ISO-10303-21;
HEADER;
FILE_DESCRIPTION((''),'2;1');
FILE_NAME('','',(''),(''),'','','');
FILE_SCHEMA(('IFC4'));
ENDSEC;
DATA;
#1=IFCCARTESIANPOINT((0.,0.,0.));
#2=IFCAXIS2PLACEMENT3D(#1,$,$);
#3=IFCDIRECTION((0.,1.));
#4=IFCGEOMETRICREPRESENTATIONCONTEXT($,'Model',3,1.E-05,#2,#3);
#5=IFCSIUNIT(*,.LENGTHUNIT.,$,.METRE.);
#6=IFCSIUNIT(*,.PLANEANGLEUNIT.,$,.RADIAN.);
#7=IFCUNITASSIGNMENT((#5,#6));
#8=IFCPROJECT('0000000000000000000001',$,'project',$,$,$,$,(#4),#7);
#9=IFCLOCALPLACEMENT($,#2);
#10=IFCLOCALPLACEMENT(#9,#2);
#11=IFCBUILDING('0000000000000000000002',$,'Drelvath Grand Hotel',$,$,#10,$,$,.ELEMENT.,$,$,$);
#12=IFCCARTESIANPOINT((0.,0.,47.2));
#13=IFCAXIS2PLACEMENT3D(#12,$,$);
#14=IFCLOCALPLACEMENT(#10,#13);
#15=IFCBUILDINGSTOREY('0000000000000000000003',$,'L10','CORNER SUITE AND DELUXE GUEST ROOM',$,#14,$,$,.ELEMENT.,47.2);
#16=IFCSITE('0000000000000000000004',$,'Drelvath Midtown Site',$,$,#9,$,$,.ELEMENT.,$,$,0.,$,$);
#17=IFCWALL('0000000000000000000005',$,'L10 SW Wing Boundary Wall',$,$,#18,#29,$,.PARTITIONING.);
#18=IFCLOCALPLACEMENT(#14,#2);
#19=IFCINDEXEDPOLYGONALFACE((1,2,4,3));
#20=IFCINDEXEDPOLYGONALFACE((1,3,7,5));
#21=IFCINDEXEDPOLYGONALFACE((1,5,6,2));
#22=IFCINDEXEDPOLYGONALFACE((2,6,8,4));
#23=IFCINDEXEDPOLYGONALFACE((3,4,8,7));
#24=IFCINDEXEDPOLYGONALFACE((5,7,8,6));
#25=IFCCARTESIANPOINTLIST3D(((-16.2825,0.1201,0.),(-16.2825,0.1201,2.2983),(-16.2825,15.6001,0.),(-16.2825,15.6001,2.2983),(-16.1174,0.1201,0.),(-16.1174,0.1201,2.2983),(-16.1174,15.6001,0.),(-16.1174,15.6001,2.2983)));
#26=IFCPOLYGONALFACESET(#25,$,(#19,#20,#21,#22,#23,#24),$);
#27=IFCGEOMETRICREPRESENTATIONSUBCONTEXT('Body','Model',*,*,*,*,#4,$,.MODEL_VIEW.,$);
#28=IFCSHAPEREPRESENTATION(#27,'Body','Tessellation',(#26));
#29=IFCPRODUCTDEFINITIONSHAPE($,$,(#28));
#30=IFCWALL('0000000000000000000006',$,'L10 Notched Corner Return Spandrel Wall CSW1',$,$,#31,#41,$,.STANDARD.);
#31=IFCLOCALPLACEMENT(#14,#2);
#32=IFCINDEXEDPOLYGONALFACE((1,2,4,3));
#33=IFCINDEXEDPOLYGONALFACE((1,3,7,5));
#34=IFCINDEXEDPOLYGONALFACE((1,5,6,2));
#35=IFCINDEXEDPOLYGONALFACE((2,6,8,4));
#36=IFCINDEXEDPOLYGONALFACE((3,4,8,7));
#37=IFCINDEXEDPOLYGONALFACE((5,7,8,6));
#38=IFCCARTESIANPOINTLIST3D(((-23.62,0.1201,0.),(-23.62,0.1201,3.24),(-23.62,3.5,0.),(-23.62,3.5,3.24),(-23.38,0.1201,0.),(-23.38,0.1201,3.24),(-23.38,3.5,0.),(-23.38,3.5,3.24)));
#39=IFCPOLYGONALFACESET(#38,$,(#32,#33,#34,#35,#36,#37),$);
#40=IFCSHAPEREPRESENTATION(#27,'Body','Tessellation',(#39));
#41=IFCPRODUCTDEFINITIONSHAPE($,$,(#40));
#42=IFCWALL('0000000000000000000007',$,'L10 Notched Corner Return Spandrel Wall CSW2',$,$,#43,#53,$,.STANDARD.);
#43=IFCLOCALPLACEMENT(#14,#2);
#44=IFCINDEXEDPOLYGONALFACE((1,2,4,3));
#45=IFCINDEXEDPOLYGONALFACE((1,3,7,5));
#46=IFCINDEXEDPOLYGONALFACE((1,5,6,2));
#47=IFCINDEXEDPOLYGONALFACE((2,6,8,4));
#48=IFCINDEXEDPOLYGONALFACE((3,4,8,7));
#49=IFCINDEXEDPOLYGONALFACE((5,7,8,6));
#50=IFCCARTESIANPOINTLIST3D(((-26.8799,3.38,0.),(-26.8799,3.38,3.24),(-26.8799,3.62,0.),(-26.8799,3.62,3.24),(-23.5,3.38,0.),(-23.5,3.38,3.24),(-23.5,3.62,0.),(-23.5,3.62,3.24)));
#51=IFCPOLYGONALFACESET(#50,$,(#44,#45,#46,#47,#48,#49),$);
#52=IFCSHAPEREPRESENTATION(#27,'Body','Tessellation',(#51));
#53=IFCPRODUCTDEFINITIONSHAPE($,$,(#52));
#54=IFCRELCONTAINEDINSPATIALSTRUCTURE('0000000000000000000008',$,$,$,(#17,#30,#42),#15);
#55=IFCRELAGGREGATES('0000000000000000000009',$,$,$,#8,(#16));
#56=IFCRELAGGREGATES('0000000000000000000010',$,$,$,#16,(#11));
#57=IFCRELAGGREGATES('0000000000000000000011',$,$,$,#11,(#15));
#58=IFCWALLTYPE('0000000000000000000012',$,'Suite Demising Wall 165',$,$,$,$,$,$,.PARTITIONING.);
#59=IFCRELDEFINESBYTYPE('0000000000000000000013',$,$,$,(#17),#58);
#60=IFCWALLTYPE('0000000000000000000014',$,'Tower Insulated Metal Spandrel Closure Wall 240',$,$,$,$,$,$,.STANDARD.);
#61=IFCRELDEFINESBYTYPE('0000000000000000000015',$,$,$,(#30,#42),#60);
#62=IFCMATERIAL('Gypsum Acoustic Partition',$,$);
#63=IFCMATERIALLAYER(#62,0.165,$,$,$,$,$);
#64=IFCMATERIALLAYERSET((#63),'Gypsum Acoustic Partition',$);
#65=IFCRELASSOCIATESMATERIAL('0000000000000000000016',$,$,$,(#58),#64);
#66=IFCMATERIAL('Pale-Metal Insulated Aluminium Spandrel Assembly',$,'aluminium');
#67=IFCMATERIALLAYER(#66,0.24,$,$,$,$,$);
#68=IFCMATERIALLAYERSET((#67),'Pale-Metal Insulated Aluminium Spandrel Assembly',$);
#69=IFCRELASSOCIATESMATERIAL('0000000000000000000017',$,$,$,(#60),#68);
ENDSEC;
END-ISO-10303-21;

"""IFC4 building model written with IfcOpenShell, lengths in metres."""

from ifc_helpers import new_model, si_unit, direction, frame, frame_2d, origin, place, context, subcontext, project, spatial, rectangle, extrude, material, layer, layer_set, type_object, element, save


model = new_model("IFC4")

# Units and contexts
model_context = context("Model", 3, precision=1e-05, world=origin(), true_north=direction((0.0, 1.0)))
body_context = subcontext(model_context, "Body", "Model", "MODEL_VIEW")
ifc_project = project(units=[si_unit("LENGTHUNIT", "METRE"), si_unit("PLANEANGLEUNIT", "RADIAN")], contexts=[model_context])

# Site, building, storey
site_placement = place(None, origin())
site = spatial("IfcSite", under=ifc_project, at=site_placement, Name="Drelvath Midtown Site", CompositionType="ELEMENT", RefElevation=0.0)
building_placement = place(site_placement, origin())
building = spatial("IfcBuilding", under=site, at=building_placement, Name="Drelvath Grand Hotel", CompositionType="ELEMENT")
storey_placement = place(building_placement, frame((0.0, 0.0, 47.2)))
storey = spatial("IfcBuildingStorey", under=building, at=storey_placement, Name="L10", Description="CORNER SUITE AND DELUXE GUEST ROOM", CompositionType="ELEMENT", Elevation=47.2)

# Walls
ifc_material_1 = material(Name="Gypsum Acoustic Partition")
ifc_layer_1 = layer(ifc_material_1, 0.165)
ifc_layer_set_1 = layer_set([ifc_layer_1], Name="Gypsum Acoustic Partition")
wall_type_1 = type_object("IfcWallType", Name="Suite Demising Wall 165", PredefinedType="PARTITIONING", material=ifc_layer_set_1)
wall_placement = place(storey_placement, frame((-16.2, 0.1201, 0.0), z_axis=(0.0, 0.0, 1.0), x_axis=(0.0, 1.0, 0.0)))
element("IfcWall", 1, at=wall_placement, inside=storey, type_object=wall_type_1, Name="L10 SW Wing Boundary Wall", PredefinedType="PARTITIONING", context=body_context, shape_type="SweptSolid", body=[
    extrude(rectangle(XDim=15.48, YDim=0.165, at=frame_2d((7.74, 0.0))), origin(), (0.0, 0.0, 1.0), 2.2983),
])
ifc_material_2 = material(Name="Pale-Metal Insulated Aluminium Spandrel Assembly", Category="aluminium")
ifc_layer_2 = layer(ifc_material_2, 0.24)
ifc_layer_set_2 = layer_set([ifc_layer_2], Name="Pale-Metal Insulated Aluminium Spandrel Assembly")
wall_type_2 = type_object("IfcWallType", Name="Tower Insulated Metal Spandrel Closure Wall 240", PredefinedType="STANDARD", material=ifc_layer_set_2)
for number, where, z_axis, x_axis, name in (
    (2, (-23.5, 0.1201, 0.0), (0.0, 0.0, 1.0), (0.0, 1.0, 0.0), "L10 Notched Corner Return Spandrel Wall CSW1"),
    (3, (-23.5, 3.5, 0.0), (0.0, 0.0, 1.0), (-1.0, 0.0, 0.0), "L10 Notched Corner Return Spandrel Wall CSW2"),
):
    element("IfcWall", number, at=place(storey_placement, frame(where, z_axis=z_axis, x_axis=x_axis)), inside=storey, type_object=wall_type_2, Name=name, PredefinedType="STANDARD", context=body_context, shape_type="SweptSolid", body=[
        extrude(rectangle(XDim=3.3799, YDim=0.24, at=frame_2d((1.6899, 0.0))), origin(), (0.0, 0.0, 1.0), 3.24),
    ])

save(model, "model.ifc")
